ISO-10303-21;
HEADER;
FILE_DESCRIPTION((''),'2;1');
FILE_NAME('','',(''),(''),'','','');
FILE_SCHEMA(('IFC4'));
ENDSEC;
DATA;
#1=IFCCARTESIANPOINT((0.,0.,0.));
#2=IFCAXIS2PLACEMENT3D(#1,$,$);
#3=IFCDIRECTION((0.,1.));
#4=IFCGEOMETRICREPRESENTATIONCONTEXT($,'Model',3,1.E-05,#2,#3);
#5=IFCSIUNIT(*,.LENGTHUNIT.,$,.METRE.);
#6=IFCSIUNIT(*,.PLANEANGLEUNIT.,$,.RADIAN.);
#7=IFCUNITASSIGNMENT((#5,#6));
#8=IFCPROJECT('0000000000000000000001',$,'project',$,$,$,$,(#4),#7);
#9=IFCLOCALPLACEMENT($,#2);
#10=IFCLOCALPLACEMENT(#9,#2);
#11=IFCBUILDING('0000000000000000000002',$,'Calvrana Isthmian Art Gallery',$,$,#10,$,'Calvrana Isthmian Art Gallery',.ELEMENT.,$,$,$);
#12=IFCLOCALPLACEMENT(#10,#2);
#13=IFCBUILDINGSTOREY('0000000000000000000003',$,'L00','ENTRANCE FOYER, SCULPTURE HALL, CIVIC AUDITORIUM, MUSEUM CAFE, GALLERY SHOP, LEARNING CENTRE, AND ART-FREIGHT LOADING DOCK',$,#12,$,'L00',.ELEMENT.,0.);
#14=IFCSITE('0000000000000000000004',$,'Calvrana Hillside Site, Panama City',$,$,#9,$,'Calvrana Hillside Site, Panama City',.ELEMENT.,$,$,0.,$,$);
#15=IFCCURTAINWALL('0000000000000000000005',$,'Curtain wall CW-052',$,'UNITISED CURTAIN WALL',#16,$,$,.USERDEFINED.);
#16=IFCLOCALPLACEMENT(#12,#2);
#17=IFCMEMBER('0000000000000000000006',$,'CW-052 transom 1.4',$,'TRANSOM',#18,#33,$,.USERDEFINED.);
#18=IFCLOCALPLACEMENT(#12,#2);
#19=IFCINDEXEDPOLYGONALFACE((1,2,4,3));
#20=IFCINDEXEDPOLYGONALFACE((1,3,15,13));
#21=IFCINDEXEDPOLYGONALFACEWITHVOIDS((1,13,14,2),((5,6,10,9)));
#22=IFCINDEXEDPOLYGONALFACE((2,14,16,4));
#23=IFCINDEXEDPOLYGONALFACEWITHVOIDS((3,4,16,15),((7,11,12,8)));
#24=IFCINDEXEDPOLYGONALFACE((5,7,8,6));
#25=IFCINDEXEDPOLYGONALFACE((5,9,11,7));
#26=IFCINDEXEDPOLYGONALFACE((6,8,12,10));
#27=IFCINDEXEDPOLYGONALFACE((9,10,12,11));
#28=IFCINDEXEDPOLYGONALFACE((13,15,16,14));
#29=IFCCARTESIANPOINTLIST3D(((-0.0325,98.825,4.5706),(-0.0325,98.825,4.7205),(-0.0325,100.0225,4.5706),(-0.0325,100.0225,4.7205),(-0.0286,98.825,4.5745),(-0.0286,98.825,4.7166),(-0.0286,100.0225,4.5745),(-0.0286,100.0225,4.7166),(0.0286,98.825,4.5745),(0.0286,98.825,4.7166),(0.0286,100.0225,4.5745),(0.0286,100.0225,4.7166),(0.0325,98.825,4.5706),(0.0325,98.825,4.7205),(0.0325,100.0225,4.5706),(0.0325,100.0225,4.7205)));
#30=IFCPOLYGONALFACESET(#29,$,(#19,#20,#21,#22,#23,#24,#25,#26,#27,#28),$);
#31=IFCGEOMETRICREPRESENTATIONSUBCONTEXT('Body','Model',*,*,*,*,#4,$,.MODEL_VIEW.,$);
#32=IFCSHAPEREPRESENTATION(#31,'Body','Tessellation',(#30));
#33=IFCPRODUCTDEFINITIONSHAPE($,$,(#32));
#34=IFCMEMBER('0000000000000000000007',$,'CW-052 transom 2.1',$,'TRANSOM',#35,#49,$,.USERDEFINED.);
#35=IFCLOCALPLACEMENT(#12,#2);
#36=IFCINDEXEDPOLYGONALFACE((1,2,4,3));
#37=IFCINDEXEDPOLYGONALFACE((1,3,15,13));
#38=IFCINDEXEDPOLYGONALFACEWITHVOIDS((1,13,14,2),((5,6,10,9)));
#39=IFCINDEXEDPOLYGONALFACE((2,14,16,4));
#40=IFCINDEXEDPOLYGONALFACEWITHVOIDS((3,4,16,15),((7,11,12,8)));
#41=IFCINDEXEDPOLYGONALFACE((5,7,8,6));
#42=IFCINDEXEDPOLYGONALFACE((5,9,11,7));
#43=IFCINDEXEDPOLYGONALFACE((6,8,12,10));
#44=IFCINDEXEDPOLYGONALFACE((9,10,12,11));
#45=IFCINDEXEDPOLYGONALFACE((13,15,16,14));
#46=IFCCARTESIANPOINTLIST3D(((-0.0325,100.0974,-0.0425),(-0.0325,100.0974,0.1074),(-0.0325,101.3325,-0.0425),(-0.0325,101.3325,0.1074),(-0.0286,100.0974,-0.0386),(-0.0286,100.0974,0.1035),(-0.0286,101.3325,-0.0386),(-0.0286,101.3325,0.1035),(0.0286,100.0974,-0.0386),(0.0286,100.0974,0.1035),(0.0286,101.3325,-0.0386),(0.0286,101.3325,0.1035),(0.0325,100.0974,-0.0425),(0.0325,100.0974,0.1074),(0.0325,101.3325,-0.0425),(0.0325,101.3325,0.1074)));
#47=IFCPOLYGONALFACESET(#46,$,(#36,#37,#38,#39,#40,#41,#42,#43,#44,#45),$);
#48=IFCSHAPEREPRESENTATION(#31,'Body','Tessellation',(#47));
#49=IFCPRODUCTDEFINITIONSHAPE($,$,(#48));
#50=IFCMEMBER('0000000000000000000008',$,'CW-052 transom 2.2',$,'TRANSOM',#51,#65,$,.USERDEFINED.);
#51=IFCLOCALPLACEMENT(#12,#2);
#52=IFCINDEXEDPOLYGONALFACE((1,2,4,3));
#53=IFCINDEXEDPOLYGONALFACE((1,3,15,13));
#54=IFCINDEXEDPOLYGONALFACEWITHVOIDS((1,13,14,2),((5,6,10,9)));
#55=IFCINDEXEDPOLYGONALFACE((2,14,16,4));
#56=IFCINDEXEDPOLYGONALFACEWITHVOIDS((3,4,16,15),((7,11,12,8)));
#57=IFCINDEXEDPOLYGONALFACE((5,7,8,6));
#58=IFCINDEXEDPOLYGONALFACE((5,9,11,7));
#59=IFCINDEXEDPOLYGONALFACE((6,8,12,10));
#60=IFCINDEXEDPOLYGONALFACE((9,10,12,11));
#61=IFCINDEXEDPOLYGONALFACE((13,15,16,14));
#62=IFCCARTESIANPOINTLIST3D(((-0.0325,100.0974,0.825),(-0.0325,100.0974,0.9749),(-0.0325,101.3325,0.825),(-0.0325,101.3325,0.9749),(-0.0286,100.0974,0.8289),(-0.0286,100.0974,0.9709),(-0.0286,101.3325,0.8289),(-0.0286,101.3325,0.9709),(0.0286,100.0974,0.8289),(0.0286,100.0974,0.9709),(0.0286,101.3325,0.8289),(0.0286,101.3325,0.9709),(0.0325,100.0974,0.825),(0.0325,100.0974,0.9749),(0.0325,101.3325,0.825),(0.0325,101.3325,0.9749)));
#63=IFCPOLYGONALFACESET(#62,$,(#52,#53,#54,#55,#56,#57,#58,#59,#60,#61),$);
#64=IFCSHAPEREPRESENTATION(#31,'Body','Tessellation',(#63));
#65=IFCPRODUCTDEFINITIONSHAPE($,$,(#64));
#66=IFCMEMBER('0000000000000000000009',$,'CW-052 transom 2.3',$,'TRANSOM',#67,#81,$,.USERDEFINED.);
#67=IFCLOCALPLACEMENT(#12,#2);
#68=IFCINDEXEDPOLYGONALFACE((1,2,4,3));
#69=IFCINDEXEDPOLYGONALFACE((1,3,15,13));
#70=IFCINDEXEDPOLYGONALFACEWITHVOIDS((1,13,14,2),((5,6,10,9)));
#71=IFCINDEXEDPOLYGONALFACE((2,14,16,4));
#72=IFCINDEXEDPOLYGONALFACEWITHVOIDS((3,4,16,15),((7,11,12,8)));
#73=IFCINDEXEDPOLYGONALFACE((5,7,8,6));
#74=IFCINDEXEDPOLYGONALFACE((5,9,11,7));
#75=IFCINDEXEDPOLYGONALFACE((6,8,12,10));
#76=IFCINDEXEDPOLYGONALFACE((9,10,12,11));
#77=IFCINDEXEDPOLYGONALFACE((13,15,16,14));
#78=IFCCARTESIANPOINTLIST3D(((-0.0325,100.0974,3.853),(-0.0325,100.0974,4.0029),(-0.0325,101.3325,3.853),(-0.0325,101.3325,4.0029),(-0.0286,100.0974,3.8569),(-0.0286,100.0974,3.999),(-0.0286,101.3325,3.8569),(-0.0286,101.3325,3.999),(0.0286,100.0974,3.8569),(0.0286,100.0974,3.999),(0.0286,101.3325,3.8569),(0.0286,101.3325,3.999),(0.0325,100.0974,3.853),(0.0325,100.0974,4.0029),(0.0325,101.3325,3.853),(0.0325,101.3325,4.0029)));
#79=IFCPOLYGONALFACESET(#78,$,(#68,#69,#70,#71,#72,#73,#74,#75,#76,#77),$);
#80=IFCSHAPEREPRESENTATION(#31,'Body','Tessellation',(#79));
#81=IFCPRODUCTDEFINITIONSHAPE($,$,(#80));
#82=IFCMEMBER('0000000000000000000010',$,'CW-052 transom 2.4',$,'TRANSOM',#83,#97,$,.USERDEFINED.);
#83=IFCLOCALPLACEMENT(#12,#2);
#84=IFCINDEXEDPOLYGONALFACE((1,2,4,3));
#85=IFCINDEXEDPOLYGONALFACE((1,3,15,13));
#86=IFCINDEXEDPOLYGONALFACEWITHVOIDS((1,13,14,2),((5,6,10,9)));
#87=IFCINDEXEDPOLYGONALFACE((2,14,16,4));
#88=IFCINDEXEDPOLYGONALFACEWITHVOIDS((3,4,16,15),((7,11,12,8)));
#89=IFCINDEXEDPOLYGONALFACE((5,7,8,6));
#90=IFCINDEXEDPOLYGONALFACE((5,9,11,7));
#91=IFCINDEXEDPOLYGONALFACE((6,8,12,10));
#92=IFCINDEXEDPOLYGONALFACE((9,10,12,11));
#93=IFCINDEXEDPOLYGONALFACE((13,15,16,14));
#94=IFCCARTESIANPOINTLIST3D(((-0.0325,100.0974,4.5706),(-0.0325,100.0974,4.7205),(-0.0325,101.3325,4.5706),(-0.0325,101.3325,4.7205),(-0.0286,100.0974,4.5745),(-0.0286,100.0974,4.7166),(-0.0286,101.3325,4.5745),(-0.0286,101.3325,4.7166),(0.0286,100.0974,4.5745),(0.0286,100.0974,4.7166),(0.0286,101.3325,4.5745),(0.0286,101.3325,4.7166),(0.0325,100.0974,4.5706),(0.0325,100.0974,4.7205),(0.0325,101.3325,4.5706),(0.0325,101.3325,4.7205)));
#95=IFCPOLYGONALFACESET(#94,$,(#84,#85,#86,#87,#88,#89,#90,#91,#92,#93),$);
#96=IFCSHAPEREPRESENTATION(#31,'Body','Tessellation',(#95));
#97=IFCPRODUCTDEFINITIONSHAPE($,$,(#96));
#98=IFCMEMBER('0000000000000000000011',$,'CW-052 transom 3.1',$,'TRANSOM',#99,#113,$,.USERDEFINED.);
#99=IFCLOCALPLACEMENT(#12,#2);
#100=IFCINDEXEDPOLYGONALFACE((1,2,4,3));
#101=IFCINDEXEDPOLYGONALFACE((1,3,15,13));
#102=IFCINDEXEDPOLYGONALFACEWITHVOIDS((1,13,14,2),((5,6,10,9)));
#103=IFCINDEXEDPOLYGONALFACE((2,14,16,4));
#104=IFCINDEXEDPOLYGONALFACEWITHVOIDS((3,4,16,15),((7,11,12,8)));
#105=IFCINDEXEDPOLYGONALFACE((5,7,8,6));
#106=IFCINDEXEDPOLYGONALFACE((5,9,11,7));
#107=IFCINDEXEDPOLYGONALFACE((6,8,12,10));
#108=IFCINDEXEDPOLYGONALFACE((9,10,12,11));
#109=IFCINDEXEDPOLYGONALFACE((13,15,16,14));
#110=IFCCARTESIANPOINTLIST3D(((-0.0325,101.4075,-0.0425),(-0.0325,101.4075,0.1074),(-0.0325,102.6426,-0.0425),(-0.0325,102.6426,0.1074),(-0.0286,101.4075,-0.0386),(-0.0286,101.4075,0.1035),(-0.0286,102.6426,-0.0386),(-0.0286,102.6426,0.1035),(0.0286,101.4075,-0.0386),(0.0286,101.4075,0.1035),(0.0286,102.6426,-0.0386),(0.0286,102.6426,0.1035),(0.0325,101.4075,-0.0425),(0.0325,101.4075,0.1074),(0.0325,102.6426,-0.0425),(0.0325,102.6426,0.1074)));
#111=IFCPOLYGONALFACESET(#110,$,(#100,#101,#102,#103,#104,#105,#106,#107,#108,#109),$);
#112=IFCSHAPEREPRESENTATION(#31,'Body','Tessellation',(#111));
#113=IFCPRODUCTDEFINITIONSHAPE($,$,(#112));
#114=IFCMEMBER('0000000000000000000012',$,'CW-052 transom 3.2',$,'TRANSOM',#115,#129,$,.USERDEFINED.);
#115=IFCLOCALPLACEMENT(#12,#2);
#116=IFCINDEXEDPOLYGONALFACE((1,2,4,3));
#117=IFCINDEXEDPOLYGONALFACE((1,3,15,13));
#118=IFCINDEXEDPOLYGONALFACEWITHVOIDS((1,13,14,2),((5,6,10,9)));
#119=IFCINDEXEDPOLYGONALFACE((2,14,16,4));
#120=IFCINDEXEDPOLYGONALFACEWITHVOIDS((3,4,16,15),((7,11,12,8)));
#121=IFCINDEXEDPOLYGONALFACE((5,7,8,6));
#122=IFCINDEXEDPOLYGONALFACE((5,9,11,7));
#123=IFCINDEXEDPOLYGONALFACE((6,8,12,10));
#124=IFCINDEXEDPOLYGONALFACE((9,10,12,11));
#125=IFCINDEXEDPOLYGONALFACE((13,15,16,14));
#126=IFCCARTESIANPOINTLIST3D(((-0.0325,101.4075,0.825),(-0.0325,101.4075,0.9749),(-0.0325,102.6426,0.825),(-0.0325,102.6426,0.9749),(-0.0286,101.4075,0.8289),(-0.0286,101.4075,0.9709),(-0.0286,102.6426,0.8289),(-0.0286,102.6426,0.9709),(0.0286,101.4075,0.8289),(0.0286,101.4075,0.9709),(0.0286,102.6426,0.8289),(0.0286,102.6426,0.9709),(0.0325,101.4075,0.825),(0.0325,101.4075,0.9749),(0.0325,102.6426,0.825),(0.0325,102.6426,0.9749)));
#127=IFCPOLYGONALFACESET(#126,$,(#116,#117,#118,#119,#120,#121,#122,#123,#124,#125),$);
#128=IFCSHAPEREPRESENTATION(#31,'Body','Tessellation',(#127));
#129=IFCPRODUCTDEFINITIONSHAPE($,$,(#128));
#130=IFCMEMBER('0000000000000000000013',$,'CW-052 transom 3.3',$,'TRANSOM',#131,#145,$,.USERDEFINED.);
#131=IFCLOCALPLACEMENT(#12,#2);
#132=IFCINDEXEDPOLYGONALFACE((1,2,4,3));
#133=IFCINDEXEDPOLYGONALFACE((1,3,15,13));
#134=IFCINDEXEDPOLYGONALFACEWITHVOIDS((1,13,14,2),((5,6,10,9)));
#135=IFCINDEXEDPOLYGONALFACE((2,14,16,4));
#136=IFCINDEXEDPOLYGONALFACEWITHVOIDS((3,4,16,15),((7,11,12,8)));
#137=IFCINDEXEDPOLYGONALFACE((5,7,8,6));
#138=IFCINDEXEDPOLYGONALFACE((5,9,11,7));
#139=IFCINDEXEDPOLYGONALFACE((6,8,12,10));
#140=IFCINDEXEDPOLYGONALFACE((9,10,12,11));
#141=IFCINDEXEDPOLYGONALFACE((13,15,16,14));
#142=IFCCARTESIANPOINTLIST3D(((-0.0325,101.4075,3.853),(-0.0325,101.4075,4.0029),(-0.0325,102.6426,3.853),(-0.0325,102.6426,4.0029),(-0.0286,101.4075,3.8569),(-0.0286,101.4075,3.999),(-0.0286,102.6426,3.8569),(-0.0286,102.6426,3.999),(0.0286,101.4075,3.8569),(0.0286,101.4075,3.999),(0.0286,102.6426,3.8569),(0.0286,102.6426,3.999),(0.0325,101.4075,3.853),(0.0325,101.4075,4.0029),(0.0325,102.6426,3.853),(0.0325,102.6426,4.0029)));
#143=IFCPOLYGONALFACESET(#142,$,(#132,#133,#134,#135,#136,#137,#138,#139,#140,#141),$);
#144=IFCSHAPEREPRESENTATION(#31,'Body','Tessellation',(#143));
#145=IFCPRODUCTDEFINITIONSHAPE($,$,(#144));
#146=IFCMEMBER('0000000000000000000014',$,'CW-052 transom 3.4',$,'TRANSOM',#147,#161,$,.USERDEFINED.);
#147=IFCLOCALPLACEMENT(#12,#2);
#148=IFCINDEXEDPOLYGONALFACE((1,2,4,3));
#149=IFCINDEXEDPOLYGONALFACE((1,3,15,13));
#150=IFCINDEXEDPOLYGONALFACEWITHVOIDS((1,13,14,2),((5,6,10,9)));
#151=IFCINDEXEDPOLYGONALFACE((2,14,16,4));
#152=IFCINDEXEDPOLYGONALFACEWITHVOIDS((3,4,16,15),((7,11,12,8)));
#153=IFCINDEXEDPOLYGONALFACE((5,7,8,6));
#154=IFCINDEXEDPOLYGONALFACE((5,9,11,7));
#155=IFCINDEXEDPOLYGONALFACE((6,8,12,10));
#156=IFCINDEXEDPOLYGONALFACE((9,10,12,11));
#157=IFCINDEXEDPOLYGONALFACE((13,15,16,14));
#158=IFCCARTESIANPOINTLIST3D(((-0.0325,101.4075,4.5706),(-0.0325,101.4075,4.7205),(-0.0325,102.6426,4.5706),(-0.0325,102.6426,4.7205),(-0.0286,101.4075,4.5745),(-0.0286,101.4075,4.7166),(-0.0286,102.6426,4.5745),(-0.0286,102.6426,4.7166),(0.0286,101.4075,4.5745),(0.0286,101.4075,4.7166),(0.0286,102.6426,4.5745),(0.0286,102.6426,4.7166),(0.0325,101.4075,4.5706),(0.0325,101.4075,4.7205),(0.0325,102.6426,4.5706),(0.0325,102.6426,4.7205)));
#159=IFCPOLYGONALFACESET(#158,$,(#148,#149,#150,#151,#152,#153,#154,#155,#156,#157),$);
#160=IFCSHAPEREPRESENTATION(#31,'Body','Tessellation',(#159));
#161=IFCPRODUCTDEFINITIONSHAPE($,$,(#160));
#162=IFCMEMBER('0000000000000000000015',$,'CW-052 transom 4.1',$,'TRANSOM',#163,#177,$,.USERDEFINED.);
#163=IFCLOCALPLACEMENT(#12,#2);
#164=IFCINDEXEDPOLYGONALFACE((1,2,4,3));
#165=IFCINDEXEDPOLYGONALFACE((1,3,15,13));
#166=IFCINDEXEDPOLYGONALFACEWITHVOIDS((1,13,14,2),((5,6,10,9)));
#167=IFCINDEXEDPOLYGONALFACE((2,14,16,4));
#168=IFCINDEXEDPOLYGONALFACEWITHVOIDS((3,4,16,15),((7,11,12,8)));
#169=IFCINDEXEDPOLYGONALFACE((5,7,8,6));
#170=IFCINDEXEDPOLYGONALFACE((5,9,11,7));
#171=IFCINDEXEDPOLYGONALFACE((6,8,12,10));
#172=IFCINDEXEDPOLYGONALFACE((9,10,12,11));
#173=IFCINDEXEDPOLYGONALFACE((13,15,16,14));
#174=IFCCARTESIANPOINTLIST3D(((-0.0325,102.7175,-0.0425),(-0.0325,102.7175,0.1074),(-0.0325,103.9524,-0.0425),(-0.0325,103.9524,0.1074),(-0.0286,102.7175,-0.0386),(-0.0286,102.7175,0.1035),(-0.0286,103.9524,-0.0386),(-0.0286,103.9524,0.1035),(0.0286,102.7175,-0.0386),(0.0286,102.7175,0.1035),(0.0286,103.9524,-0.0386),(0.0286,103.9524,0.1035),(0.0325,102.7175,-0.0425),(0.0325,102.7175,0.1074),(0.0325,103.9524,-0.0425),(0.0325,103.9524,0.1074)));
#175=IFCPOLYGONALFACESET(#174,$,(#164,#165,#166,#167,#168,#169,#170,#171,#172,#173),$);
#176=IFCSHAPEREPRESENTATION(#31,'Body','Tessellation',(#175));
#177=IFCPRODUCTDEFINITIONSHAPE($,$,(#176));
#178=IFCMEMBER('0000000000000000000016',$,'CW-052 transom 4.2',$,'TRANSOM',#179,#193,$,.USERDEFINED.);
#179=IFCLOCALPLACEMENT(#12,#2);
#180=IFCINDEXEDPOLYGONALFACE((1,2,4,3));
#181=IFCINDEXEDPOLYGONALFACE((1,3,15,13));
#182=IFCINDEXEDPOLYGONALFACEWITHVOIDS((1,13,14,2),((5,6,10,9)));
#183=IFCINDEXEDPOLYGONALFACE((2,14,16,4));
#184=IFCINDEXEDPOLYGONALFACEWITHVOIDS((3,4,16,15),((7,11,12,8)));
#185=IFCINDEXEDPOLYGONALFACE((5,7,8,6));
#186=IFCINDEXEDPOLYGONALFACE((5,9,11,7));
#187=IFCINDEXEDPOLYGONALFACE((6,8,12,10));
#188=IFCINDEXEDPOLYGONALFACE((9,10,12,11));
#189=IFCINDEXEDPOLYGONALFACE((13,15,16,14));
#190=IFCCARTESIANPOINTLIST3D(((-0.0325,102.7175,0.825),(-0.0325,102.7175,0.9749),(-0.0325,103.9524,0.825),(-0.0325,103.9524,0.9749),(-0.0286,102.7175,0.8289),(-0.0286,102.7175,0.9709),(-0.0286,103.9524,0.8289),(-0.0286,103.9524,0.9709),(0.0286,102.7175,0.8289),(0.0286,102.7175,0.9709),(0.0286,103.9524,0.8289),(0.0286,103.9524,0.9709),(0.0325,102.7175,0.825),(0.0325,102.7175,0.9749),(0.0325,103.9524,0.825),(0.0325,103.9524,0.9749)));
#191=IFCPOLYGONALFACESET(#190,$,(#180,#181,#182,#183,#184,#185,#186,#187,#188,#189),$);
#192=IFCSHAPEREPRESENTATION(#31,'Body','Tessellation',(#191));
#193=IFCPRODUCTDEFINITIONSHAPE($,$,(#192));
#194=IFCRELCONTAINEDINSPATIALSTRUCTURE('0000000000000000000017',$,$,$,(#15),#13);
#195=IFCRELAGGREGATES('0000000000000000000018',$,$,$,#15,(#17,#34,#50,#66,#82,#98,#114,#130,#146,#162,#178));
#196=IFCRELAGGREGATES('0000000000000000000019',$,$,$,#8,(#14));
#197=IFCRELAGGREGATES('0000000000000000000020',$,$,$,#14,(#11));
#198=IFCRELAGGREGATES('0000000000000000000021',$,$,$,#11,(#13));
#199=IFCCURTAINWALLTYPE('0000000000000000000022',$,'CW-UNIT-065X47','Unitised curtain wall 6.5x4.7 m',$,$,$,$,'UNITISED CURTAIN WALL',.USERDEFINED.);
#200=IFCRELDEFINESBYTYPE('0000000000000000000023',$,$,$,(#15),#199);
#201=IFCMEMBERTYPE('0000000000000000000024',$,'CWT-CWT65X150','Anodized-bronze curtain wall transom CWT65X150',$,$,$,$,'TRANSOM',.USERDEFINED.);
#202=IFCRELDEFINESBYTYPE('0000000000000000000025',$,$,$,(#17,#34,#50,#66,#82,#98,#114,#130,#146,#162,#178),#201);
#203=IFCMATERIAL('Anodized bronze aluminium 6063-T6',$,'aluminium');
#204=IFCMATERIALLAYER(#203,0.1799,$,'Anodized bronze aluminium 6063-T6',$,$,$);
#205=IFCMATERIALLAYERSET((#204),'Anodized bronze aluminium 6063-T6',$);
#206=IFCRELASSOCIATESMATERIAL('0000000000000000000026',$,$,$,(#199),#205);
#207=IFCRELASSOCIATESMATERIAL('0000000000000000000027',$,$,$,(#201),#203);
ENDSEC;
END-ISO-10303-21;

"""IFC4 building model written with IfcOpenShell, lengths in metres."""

from ifc_helpers import new_model, si_unit, direction, frame, origin, origin_2d, place, context, subcontext, project, spatial, hollow_rectangle, extrude, material, layer, layer_set, material_profile, profile_set, type_object, element, aggregate, save


model = new_model("IFC4")

# Units and contexts
model_context = context("Model", 3, precision=1e-05, world=origin(), true_north=direction((0.0, 1.0)))
body_context = subcontext(model_context, "Body", "Model", "MODEL_VIEW")
ifc_project = project(units=[si_unit("LENGTHUNIT", "METRE"), si_unit("PLANEANGLEUNIT", "RADIAN")], contexts=[model_context])

# Site, building, storey
site_placement = place(None, origin())
site = spatial("IfcSite", under=ifc_project, at=site_placement, Name="Calvrana Hillside Site, Panama City", LongName="Calvrana Hillside Site, Panama City", CompositionType="ELEMENT", RefElevation=0.0)
building_placement = place(site_placement, origin())
building = spatial("IfcBuilding", under=site, at=building_placement, Name="Calvrana Isthmian Art Gallery", LongName="Calvrana Isthmian Art Gallery", CompositionType="ELEMENT")
storey_placement = place(building_placement, origin())
storey = spatial("IfcBuildingStorey", under=building, at=storey_placement, Name="L00", Description="ENTRANCE FOYER, SCULPTURE HALL, CIVIC AUDITORIUM, MUSEUM CAFE, GALLERY SHOP, LEARNING CENTRE, AND ART-FREIGHT LOADING DOCK", LongName="L00", CompositionType="ELEMENT", Elevation=0.0)

# Curtain wall, members
ifc_material_1 = material(Name="Anodized bronze aluminium 6063-T6", Category="aluminium")
ifc_layer_1 = layer(ifc_material_1, 0.1799, Name="Anodized bronze aluminium 6063-T6")
ifc_layer_set_1 = layer_set([ifc_layer_1], Name="Anodized bronze aluminium 6063-T6")
curtain_wall_type = type_object("IfcCurtainWallType", Name="CW-UNIT-065X47", Description="Unitised curtain wall 6.5x4.7 m", ElementType="UNITISED CURTAIN WALL", PredefinedType="USERDEFINED", material=ifc_layer_set_1)
curtain_wall_placement = place(storey_placement, origin())
curtain_wall = element("IfcCurtainWall", 1, at=curtain_wall_placement, inside=storey, type_object=curtain_wall_type, Name="Curtain wall CW-052", ObjectType="UNITISED CURTAIN WALL", PredefinedType="USERDEFINED")
ifc_material_profile_1 = material_profile(ifc_material_1, hollow_rectangle(XDim=0.0649, YDim=0.1499, WallThickness=0.0039, at=origin_2d()), Name="CWT65X150")
ifc_profile_set_1 = profile_set([ifc_material_profile_1], Name="Anodized bronze aluminium 6063-T6")
member_type_1 = type_object("IfcMemberType", Name="CWT-CWT65X150", Description="Anodized-bronze curtain wall transom CWT65X150", ElementType="TRANSOM", PredefinedType="USERDEFINED", material=ifc_profile_set_1)
member_1_placement = place(storey_placement, frame((0.0, 98.825, 4.6455), z_axis=(0.0, 1.0, 0.0), x_axis=(-1.0, 0.0, 0.0)))
member_1 = element("IfcMember", 2, at=member_1_placement, type_object=member_type_1, Name="CW-052 transom 1.4", ObjectType="TRANSOM", PredefinedType="USERDEFINED", context=body_context, shape_type="SweptSolid", body=[
    extrude(hollow_rectangle(XDim=0.0649, YDim=0.1499, WallThickness=0.0039, at=origin_2d()), origin(), (0.0, 0.0, 1.0), 1.1975),
])
member_2_placement = place(storey_placement, frame((0.0, 100.0974, 0.0325), z_axis=(0.0, 1.0, 0.0), x_axis=(-1.0, 0.0, 0.0)))
member_2 = element("IfcMember", 3, at=member_2_placement, type_object=member_type_1, Name="CW-052 transom 2.1", ObjectType="TRANSOM", PredefinedType="USERDEFINED", context=body_context, shape_type="SweptSolid", body=[
    extrude(hollow_rectangle(XDim=0.0649, YDim=0.1499, WallThickness=0.0039, at=origin_2d()), origin(), (0.0, 0.0, 1.0), 1.2351),
])
member_3_placement = place(storey_placement, frame((0.0, 100.0974, 0.8999), z_axis=(0.0, 1.0, 0.0), x_axis=(-1.0, 0.0, 0.0)))
member_3 = element("IfcMember", 4, at=member_3_placement, type_object=member_type_1, Name="CW-052 transom 2.2", ObjectType="TRANSOM", PredefinedType="USERDEFINED", context=body_context, shape_type="SweptSolid", body=[
    extrude(hollow_rectangle(XDim=0.0649, YDim=0.1499, WallThickness=0.0039, at=origin_2d()), origin(), (0.0, 0.0, 1.0), 1.2351),
])
member_4_placement = place(storey_placement, frame((0.0, 100.0974, 3.928), z_axis=(0.0, 1.0, 0.0), x_axis=(-1.0, 0.0, 0.0)))
member_4 = element("IfcMember", 5, at=member_4_placement, type_object=member_type_1, Name="CW-052 transom 2.3", ObjectType="TRANSOM", PredefinedType="USERDEFINED", context=body_context, shape_type="SweptSolid", body=[
    extrude(hollow_rectangle(XDim=0.0649, YDim=0.1499, WallThickness=0.0039, at=origin_2d()), origin(), (0.0, 0.0, 1.0), 1.2351),
])
member_5_placement = place(storey_placement, frame((0.0, 100.0974, 4.6455), z_axis=(0.0, 1.0, 0.0), x_axis=(-1.0, 0.0, 0.0)))
member_5 = element("IfcMember", 6, at=member_5_placement, type_object=member_type_1, Name="CW-052 transom 2.4", ObjectType="TRANSOM", PredefinedType="USERDEFINED", context=body_context, shape_type="SweptSolid", body=[
    extrude(hollow_rectangle(XDim=0.0649, YDim=0.1499, WallThickness=0.0039, at=origin_2d()), origin(), (0.0, 0.0, 1.0), 1.2351),
])
member_6_placement = place(storey_placement, frame((0.0, 101.4075, 0.0325), z_axis=(0.0, 1.0, 0.0), x_axis=(-1.0, 0.0, 0.0)))
member_6 = element("IfcMember", 7, at=member_6_placement, type_object=member_type_1, Name="CW-052 transom 3.1", ObjectType="TRANSOM", PredefinedType="USERDEFINED", context=body_context, shape_type="SweptSolid", body=[
    extrude(hollow_rectangle(XDim=0.0649, YDim=0.1499, WallThickness=0.0039, at=origin_2d()), origin(), (0.0, 0.0, 1.0), 1.2351),
])
member_7_placement = place(storey_placement, frame((0.0, 101.4075, 0.8999), z_axis=(0.0, 1.0, 0.0), x_axis=(-1.0, 0.0, 0.0)))
member_7 = element("IfcMember", 8, at=member_7_placement, type_object=member_type_1, Name="CW-052 transom 3.2", ObjectType="TRANSOM", PredefinedType="USERDEFINED", context=body_context, shape_type="SweptSolid", body=[
    extrude(hollow_rectangle(XDim=0.0649, YDim=0.1499, WallThickness=0.0039, at=origin_2d()), origin(), (0.0, 0.0, 1.0), 1.2351),
])
member_8_placement = place(storey_placement, frame((0.0, 101.4075, 3.928), z_axis=(0.0, 1.0, 0.0), x_axis=(-1.0, 0.0, 0.0)))
member_8 = element("IfcMember", 9, at=member_8_placement, type_object=member_type_1, Name="CW-052 transom 3.3", ObjectType="TRANSOM", PredefinedType="USERDEFINED", context=body_context, shape_type="SweptSolid", body=[
    extrude(hollow_rectangle(XDim=0.0649, YDim=0.1499, WallThickness=0.0039, at=origin_2d()), origin(), (0.0, 0.0, 1.0), 1.2351),
])
member_9_placement = place(storey_placement, frame((0.0, 101.4075, 4.6455), z_axis=(0.0, 1.0, 0.0), x_axis=(-1.0, 0.0, 0.0)))
member_9 = element("IfcMember", 10, at=member_9_placement, type_object=member_type_1, Name="CW-052 transom 3.4", ObjectType="TRANSOM", PredefinedType="USERDEFINED", context=body_context, shape_type="SweptSolid", body=[
    extrude(hollow_rectangle(XDim=0.0649, YDim=0.1499, WallThickness=0.0039, at=origin_2d()), origin(), (0.0, 0.0, 1.0), 1.2351),
])
member_10_placement = place(storey_placement, frame((0.0, 102.7175, 0.0325), z_axis=(0.0, 1.0, 0.0), x_axis=(-1.0, 0.0, 0.0)))
member_10 = element("IfcMember", 11, at=member_10_placement, type_object=member_type_1, Name="CW-052 transom 4.1", ObjectType="TRANSOM", PredefinedType="USERDEFINED", context=body_context, shape_type="SweptSolid", body=[
    extrude(hollow_rectangle(XDim=0.0649, YDim=0.1499, WallThickness=0.0039, at=origin_2d()), origin(), (0.0, 0.0, 1.0), 1.2349),
])
member_11_placement = place(storey_placement, frame((0.0, 102.7175, 0.8999), z_axis=(0.0, 1.0, 0.0), x_axis=(-1.0, 0.0, 0.0)))
member_11 = element("IfcMember", 12, at=member_11_placement, type_object=member_type_1, Name="CW-052 transom 4.2", ObjectType="TRANSOM", PredefinedType="USERDEFINED", context=body_context, shape_type="SweptSolid", body=[
    extrude(hollow_rectangle(XDim=0.0649, YDim=0.1499, WallThickness=0.0039, at=origin_2d()), origin(), (0.0, 0.0, 1.0), 1.2349),
])
aggregate(curtain_wall, [member_1, member_2, member_3, member_4, member_5, member_6, member_7, member_8, member_9, member_10, member_11])

save(model, "model.ifc")
